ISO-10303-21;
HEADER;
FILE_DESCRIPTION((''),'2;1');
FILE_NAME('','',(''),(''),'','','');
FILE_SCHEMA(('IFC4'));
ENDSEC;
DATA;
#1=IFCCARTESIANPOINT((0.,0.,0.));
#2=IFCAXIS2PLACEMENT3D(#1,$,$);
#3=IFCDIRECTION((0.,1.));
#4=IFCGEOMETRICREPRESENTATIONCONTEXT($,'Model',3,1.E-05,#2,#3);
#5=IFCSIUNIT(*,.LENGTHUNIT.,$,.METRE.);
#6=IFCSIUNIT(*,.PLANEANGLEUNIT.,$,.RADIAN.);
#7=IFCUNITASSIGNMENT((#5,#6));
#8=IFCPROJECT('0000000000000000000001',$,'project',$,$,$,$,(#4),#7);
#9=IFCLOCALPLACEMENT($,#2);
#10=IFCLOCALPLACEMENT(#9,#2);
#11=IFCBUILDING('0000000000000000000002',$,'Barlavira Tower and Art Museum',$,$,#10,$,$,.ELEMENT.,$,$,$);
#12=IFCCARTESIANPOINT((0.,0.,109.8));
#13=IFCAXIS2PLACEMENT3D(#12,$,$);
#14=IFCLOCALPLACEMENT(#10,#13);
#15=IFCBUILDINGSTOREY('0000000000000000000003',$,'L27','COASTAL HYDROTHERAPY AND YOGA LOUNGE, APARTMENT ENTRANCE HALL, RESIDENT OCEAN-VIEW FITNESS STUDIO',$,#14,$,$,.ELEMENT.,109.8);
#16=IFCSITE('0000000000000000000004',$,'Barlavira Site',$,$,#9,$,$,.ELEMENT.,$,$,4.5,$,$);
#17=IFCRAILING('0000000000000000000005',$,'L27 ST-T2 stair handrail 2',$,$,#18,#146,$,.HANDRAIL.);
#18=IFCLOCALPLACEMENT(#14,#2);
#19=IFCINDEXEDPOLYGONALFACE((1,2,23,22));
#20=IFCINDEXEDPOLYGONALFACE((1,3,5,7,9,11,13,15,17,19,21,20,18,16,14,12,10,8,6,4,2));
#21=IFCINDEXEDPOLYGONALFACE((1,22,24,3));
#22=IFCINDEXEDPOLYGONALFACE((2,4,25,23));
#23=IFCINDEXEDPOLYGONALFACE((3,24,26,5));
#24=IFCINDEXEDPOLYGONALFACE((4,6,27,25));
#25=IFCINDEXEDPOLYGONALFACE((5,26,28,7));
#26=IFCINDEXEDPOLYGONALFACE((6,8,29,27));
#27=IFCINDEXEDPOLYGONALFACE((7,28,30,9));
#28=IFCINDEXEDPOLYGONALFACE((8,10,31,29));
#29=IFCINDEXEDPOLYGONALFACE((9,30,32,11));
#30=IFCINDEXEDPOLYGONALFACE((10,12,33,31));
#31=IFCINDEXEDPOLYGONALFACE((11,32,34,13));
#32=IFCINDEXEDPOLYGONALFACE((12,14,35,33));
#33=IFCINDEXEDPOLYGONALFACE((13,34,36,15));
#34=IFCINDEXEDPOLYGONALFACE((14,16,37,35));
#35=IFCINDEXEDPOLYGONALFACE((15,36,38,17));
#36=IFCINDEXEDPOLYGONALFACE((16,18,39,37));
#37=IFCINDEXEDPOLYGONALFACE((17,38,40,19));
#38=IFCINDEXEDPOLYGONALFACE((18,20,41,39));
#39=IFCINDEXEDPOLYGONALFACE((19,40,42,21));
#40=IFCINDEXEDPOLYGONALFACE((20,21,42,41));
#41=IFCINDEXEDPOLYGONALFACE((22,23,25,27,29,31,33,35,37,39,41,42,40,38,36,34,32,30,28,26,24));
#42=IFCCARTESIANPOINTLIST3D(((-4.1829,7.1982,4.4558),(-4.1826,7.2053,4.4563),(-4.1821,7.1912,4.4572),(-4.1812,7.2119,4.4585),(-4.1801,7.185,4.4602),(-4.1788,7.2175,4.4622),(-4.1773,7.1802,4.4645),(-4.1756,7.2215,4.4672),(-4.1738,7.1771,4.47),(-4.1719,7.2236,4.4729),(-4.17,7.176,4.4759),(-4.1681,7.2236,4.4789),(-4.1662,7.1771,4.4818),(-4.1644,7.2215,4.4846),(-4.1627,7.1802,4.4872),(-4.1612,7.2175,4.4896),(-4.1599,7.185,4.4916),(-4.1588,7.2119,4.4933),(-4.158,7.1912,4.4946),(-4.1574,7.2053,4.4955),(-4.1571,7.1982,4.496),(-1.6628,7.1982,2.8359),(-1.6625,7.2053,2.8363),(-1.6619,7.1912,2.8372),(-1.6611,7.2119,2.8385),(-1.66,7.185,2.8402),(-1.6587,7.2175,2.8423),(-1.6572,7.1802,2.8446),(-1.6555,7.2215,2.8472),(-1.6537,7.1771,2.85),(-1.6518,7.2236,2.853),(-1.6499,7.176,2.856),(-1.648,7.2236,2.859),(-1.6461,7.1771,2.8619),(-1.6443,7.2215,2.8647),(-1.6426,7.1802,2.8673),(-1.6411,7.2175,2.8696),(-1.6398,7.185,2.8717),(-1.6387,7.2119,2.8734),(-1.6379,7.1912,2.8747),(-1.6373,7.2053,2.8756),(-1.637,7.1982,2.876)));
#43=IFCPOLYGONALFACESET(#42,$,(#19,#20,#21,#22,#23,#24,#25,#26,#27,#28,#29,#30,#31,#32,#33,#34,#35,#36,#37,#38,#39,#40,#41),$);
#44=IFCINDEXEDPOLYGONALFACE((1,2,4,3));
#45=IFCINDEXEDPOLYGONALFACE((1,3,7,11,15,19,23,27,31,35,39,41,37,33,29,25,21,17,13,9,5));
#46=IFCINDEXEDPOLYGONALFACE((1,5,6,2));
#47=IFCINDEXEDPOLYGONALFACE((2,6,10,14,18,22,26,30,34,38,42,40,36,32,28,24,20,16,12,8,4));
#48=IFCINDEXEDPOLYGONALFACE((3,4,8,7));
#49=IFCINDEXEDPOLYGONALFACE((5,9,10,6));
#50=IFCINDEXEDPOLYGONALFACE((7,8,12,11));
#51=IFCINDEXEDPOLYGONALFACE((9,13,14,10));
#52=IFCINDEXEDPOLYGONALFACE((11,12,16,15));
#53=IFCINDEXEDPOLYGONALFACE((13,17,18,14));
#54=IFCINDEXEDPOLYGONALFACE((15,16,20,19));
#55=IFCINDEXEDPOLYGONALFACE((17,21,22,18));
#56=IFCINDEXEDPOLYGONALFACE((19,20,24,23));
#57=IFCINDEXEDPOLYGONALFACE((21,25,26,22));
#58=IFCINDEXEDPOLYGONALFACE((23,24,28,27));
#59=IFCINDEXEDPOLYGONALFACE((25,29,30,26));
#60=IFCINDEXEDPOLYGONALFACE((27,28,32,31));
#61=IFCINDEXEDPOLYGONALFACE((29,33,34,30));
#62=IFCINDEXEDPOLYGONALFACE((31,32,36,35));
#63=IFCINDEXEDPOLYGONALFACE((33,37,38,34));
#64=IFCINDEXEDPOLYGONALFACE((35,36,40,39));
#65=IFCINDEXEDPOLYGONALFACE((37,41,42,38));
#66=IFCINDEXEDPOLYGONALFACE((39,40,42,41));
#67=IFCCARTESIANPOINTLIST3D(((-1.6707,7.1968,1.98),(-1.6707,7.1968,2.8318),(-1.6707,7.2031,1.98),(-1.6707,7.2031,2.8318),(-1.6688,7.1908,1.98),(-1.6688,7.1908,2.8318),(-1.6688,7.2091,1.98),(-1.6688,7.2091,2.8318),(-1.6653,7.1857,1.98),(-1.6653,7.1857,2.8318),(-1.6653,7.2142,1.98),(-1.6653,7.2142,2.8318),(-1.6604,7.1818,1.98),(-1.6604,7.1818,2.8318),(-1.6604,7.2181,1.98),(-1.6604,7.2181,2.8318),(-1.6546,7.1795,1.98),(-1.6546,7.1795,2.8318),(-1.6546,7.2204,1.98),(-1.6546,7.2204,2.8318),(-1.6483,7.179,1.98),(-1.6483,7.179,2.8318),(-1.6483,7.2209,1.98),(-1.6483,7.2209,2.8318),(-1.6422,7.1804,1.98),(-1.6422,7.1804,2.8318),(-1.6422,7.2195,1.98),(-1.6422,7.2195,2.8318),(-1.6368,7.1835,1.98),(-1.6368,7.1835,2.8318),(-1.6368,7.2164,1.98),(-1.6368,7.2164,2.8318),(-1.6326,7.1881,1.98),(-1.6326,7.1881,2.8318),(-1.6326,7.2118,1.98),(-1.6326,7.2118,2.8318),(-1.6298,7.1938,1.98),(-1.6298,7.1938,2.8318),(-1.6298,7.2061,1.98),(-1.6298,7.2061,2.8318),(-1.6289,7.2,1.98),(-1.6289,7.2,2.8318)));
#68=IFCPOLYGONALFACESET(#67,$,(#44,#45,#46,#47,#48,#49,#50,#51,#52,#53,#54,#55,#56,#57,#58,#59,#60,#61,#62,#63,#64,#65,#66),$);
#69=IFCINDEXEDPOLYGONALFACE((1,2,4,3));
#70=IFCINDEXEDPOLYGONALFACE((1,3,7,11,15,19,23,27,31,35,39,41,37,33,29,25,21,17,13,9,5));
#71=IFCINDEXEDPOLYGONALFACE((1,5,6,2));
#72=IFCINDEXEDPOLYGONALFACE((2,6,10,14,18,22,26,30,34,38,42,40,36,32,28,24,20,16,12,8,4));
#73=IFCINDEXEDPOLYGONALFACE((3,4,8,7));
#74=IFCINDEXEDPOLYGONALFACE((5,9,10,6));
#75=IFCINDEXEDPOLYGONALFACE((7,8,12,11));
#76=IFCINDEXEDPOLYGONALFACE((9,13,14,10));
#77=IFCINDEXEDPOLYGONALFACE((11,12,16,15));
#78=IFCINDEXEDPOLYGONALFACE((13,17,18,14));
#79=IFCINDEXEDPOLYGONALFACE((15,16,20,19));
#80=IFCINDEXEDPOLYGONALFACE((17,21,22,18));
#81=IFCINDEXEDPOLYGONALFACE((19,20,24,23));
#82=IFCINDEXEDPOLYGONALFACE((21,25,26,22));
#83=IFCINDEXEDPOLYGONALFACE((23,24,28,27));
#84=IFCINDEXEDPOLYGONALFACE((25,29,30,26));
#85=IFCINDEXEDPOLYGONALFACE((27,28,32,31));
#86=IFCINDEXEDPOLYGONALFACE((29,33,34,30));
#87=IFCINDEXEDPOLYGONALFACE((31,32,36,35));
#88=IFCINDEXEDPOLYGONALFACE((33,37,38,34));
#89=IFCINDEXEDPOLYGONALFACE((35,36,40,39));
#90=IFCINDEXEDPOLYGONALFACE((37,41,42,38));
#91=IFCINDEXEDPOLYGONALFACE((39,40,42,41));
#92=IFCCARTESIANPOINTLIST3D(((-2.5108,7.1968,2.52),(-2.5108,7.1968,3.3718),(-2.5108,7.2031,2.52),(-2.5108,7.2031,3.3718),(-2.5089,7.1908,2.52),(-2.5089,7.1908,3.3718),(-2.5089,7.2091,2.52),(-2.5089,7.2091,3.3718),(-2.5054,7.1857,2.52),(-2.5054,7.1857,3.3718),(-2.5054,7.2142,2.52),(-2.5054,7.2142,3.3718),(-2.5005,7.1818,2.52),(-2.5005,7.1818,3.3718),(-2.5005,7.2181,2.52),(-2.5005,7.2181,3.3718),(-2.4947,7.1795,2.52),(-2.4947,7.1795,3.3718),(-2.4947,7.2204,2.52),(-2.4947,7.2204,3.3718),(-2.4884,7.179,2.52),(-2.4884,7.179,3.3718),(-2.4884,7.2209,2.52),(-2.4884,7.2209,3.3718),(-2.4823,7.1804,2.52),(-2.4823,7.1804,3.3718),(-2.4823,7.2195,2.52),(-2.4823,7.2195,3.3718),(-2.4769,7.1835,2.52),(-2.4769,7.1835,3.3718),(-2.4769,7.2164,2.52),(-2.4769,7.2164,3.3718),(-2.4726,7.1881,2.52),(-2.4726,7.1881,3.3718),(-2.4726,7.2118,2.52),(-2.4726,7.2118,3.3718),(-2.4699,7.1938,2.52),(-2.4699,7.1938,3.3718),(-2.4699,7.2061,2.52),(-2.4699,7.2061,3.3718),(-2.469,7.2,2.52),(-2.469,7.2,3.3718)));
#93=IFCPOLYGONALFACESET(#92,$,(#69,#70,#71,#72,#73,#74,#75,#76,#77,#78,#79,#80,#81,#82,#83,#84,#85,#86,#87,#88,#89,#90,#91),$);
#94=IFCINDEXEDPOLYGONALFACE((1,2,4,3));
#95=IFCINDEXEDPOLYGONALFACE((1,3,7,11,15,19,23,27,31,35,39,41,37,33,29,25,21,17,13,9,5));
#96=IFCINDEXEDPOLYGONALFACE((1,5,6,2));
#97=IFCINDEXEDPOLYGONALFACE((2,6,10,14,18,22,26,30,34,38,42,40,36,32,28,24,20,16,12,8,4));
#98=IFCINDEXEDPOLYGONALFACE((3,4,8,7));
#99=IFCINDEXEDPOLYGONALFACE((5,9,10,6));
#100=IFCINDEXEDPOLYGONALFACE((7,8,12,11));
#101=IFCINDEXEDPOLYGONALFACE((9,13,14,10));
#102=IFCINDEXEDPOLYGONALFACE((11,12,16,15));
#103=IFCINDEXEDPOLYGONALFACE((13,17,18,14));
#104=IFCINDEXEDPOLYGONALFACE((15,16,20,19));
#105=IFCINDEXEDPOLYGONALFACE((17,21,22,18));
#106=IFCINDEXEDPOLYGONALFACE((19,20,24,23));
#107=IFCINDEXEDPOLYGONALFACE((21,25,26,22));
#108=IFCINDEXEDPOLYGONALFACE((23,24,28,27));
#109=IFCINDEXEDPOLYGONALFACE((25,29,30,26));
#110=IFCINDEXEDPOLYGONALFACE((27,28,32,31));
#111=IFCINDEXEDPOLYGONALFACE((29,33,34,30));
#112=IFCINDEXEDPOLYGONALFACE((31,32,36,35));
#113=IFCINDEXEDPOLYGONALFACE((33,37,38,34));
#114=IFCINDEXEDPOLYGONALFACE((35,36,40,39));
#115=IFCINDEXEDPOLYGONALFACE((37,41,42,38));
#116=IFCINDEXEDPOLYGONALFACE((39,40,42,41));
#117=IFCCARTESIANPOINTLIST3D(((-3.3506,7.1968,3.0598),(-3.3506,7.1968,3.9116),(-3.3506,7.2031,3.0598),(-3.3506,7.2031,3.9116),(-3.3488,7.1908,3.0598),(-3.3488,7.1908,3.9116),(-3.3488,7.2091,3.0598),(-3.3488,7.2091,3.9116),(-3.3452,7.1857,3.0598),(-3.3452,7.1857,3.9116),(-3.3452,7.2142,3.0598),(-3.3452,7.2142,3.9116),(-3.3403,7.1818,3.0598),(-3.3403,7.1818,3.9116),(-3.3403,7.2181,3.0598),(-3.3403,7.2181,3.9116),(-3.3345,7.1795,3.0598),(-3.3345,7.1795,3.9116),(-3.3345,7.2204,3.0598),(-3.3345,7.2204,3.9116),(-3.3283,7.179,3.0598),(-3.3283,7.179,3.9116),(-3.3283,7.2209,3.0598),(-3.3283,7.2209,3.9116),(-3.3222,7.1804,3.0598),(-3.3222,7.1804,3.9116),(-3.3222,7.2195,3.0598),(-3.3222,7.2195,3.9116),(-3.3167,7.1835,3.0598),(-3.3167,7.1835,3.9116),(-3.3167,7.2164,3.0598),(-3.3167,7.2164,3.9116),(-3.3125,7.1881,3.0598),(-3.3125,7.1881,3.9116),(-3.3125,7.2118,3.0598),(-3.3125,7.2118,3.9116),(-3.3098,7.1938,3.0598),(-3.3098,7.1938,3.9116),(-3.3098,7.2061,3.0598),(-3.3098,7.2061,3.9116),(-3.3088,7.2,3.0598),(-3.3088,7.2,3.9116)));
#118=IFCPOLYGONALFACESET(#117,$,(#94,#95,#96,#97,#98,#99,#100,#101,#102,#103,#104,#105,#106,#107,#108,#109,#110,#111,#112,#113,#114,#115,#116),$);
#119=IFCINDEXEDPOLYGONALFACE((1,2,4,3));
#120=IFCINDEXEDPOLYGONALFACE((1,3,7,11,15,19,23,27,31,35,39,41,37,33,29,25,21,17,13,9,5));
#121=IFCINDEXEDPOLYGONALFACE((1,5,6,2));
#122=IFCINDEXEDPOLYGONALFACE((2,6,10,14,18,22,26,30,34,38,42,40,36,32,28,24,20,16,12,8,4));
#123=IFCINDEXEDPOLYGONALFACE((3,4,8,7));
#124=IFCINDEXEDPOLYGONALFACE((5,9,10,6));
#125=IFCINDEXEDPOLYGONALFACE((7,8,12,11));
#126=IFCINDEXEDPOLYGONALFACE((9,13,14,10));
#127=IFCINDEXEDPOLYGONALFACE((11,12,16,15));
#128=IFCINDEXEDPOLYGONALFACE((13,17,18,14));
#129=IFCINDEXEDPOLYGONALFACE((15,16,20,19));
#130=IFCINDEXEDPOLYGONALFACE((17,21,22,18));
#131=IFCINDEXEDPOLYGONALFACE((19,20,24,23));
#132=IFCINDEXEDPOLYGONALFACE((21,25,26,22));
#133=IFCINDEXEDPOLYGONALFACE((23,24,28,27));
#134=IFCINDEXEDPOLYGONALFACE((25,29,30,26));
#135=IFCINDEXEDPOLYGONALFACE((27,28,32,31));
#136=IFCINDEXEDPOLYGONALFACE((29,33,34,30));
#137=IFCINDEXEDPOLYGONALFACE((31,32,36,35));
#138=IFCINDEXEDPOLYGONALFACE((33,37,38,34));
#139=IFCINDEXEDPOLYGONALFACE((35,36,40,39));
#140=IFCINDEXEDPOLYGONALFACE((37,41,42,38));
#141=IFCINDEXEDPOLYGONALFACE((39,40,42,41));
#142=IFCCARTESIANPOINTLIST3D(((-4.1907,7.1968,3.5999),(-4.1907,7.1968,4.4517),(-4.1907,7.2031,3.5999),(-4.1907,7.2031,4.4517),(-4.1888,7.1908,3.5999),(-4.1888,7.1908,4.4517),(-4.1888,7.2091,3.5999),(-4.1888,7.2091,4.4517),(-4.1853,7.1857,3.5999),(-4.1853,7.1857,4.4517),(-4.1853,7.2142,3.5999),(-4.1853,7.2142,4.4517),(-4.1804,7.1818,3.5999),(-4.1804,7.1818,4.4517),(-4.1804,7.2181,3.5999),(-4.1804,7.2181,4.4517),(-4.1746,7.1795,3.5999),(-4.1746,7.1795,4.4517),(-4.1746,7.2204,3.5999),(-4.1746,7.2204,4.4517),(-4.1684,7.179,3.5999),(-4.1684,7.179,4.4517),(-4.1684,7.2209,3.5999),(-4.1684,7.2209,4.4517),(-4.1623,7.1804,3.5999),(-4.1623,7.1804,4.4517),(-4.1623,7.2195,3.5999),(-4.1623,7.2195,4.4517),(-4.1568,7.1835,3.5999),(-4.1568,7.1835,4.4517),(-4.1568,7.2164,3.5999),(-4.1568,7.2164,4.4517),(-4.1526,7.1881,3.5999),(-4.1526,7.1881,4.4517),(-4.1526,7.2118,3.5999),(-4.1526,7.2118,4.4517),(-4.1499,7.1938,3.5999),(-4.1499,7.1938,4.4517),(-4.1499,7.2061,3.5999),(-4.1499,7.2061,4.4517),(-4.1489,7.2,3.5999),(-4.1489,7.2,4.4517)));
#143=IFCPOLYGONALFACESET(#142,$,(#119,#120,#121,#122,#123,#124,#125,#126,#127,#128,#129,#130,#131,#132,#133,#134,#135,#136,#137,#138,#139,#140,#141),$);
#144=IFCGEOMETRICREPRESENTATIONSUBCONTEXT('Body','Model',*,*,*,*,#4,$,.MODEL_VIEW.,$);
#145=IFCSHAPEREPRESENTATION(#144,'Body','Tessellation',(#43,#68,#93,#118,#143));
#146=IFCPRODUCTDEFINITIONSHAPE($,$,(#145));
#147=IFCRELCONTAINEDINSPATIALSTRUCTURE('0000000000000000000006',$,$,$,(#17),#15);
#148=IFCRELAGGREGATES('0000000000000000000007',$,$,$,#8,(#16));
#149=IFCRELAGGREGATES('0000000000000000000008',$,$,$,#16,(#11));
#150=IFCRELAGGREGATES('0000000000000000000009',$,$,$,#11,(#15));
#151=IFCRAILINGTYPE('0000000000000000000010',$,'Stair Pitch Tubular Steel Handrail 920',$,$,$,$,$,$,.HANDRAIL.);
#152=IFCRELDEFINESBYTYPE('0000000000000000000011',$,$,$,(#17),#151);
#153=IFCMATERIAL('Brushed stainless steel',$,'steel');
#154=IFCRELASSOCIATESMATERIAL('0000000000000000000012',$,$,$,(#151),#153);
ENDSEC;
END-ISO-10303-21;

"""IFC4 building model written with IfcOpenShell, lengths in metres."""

from ifc_helpers import new_model, si_unit, direction, frame, origin, origin_2d, place, context, subcontext, project, spatial, circle, extrude, material, type_object, element, save


model = new_model("IFC4")

# Units and contexts
model_context = context("Model", 3, precision=1e-05, world=origin(), true_north=direction((0.0, 1.0)))
body_context = subcontext(model_context, "Body", "Model", "MODEL_VIEW")
ifc_project = project(units=[si_unit("LENGTHUNIT", "METRE"), si_unit("PLANEANGLEUNIT", "RADIAN")], contexts=[model_context])

# Site, building, storey
site_placement = place(None, origin())
site = spatial("IfcSite", under=ifc_project, at=site_placement, Name="Barlavira Site", CompositionType="ELEMENT", RefElevation=4.5)
building_placement = place(site_placement, origin())
building = spatial("IfcBuilding", under=site, at=building_placement, Name="Barlavira Tower and Art Museum", CompositionType="ELEMENT")
storey_placement = place(building_placement, frame((0.0, 0.0, 109.8)))
storey = spatial("IfcBuildingStorey", under=building, at=storey_placement, Name="L27", Description="COASTAL HYDROTHERAPY AND YOGA LOUNGE, APARTMENT ENTRANCE HALL, RESIDENT OCEAN-VIEW FITNESS STUDIO", CompositionType="ELEMENT", Elevation=109.8)

# Shared definitions
ifc_material_1 = material(Name="Brushed stainless steel", Category="steel")

# Railing
railing_type_1 = type_object("IfcRailingType", Name="Stair Pitch Tubular Steel Handrail 920", PredefinedType="HANDRAIL", material=ifc_material_1)
railing_1_placement = place(storey_placement, frame((-1.6499, 7.2, 1.98)))
element("IfcRailing", 1, at=railing_1_placement, inside=storey, type_object=railing_type_1, Name="L27 ST-T2 stair handrail 2", PredefinedType="HANDRAIL", context=body_context, shape_type="SweptSolid", body=[
    extrude(circle(Radius=0.0239, at=origin_2d()), frame((0.0, 0.0, 0.876), z_axis=(-0.8412, 0.0, 0.540725), x_axis=(0.0, -1.0, 0.0)), (0.0, 0.0, 1.0), 2.9958),
    extrude(circle(Radius=0.021, at=origin_2d()), origin(), (0.0, 0.0, 1.0), 0.8518),
    extrude(circle(Radius=0.021, at=origin_2d()), frame((-0.8401, 0.0, 0.54)), (0.0, 0.0, 1.0), 0.8518),
    extrude(circle(Radius=0.021, at=origin_2d()), frame((-1.6799, 0.0, 1.0798)), (0.0, 0.0, 1.0), 0.8518),
    extrude(circle(Radius=0.021, at=origin_2d()), frame((-2.52, 0.0, 1.6199)), (0.0, 0.0, 1.0), 0.8518),
])

save(model, "model.ifc")
